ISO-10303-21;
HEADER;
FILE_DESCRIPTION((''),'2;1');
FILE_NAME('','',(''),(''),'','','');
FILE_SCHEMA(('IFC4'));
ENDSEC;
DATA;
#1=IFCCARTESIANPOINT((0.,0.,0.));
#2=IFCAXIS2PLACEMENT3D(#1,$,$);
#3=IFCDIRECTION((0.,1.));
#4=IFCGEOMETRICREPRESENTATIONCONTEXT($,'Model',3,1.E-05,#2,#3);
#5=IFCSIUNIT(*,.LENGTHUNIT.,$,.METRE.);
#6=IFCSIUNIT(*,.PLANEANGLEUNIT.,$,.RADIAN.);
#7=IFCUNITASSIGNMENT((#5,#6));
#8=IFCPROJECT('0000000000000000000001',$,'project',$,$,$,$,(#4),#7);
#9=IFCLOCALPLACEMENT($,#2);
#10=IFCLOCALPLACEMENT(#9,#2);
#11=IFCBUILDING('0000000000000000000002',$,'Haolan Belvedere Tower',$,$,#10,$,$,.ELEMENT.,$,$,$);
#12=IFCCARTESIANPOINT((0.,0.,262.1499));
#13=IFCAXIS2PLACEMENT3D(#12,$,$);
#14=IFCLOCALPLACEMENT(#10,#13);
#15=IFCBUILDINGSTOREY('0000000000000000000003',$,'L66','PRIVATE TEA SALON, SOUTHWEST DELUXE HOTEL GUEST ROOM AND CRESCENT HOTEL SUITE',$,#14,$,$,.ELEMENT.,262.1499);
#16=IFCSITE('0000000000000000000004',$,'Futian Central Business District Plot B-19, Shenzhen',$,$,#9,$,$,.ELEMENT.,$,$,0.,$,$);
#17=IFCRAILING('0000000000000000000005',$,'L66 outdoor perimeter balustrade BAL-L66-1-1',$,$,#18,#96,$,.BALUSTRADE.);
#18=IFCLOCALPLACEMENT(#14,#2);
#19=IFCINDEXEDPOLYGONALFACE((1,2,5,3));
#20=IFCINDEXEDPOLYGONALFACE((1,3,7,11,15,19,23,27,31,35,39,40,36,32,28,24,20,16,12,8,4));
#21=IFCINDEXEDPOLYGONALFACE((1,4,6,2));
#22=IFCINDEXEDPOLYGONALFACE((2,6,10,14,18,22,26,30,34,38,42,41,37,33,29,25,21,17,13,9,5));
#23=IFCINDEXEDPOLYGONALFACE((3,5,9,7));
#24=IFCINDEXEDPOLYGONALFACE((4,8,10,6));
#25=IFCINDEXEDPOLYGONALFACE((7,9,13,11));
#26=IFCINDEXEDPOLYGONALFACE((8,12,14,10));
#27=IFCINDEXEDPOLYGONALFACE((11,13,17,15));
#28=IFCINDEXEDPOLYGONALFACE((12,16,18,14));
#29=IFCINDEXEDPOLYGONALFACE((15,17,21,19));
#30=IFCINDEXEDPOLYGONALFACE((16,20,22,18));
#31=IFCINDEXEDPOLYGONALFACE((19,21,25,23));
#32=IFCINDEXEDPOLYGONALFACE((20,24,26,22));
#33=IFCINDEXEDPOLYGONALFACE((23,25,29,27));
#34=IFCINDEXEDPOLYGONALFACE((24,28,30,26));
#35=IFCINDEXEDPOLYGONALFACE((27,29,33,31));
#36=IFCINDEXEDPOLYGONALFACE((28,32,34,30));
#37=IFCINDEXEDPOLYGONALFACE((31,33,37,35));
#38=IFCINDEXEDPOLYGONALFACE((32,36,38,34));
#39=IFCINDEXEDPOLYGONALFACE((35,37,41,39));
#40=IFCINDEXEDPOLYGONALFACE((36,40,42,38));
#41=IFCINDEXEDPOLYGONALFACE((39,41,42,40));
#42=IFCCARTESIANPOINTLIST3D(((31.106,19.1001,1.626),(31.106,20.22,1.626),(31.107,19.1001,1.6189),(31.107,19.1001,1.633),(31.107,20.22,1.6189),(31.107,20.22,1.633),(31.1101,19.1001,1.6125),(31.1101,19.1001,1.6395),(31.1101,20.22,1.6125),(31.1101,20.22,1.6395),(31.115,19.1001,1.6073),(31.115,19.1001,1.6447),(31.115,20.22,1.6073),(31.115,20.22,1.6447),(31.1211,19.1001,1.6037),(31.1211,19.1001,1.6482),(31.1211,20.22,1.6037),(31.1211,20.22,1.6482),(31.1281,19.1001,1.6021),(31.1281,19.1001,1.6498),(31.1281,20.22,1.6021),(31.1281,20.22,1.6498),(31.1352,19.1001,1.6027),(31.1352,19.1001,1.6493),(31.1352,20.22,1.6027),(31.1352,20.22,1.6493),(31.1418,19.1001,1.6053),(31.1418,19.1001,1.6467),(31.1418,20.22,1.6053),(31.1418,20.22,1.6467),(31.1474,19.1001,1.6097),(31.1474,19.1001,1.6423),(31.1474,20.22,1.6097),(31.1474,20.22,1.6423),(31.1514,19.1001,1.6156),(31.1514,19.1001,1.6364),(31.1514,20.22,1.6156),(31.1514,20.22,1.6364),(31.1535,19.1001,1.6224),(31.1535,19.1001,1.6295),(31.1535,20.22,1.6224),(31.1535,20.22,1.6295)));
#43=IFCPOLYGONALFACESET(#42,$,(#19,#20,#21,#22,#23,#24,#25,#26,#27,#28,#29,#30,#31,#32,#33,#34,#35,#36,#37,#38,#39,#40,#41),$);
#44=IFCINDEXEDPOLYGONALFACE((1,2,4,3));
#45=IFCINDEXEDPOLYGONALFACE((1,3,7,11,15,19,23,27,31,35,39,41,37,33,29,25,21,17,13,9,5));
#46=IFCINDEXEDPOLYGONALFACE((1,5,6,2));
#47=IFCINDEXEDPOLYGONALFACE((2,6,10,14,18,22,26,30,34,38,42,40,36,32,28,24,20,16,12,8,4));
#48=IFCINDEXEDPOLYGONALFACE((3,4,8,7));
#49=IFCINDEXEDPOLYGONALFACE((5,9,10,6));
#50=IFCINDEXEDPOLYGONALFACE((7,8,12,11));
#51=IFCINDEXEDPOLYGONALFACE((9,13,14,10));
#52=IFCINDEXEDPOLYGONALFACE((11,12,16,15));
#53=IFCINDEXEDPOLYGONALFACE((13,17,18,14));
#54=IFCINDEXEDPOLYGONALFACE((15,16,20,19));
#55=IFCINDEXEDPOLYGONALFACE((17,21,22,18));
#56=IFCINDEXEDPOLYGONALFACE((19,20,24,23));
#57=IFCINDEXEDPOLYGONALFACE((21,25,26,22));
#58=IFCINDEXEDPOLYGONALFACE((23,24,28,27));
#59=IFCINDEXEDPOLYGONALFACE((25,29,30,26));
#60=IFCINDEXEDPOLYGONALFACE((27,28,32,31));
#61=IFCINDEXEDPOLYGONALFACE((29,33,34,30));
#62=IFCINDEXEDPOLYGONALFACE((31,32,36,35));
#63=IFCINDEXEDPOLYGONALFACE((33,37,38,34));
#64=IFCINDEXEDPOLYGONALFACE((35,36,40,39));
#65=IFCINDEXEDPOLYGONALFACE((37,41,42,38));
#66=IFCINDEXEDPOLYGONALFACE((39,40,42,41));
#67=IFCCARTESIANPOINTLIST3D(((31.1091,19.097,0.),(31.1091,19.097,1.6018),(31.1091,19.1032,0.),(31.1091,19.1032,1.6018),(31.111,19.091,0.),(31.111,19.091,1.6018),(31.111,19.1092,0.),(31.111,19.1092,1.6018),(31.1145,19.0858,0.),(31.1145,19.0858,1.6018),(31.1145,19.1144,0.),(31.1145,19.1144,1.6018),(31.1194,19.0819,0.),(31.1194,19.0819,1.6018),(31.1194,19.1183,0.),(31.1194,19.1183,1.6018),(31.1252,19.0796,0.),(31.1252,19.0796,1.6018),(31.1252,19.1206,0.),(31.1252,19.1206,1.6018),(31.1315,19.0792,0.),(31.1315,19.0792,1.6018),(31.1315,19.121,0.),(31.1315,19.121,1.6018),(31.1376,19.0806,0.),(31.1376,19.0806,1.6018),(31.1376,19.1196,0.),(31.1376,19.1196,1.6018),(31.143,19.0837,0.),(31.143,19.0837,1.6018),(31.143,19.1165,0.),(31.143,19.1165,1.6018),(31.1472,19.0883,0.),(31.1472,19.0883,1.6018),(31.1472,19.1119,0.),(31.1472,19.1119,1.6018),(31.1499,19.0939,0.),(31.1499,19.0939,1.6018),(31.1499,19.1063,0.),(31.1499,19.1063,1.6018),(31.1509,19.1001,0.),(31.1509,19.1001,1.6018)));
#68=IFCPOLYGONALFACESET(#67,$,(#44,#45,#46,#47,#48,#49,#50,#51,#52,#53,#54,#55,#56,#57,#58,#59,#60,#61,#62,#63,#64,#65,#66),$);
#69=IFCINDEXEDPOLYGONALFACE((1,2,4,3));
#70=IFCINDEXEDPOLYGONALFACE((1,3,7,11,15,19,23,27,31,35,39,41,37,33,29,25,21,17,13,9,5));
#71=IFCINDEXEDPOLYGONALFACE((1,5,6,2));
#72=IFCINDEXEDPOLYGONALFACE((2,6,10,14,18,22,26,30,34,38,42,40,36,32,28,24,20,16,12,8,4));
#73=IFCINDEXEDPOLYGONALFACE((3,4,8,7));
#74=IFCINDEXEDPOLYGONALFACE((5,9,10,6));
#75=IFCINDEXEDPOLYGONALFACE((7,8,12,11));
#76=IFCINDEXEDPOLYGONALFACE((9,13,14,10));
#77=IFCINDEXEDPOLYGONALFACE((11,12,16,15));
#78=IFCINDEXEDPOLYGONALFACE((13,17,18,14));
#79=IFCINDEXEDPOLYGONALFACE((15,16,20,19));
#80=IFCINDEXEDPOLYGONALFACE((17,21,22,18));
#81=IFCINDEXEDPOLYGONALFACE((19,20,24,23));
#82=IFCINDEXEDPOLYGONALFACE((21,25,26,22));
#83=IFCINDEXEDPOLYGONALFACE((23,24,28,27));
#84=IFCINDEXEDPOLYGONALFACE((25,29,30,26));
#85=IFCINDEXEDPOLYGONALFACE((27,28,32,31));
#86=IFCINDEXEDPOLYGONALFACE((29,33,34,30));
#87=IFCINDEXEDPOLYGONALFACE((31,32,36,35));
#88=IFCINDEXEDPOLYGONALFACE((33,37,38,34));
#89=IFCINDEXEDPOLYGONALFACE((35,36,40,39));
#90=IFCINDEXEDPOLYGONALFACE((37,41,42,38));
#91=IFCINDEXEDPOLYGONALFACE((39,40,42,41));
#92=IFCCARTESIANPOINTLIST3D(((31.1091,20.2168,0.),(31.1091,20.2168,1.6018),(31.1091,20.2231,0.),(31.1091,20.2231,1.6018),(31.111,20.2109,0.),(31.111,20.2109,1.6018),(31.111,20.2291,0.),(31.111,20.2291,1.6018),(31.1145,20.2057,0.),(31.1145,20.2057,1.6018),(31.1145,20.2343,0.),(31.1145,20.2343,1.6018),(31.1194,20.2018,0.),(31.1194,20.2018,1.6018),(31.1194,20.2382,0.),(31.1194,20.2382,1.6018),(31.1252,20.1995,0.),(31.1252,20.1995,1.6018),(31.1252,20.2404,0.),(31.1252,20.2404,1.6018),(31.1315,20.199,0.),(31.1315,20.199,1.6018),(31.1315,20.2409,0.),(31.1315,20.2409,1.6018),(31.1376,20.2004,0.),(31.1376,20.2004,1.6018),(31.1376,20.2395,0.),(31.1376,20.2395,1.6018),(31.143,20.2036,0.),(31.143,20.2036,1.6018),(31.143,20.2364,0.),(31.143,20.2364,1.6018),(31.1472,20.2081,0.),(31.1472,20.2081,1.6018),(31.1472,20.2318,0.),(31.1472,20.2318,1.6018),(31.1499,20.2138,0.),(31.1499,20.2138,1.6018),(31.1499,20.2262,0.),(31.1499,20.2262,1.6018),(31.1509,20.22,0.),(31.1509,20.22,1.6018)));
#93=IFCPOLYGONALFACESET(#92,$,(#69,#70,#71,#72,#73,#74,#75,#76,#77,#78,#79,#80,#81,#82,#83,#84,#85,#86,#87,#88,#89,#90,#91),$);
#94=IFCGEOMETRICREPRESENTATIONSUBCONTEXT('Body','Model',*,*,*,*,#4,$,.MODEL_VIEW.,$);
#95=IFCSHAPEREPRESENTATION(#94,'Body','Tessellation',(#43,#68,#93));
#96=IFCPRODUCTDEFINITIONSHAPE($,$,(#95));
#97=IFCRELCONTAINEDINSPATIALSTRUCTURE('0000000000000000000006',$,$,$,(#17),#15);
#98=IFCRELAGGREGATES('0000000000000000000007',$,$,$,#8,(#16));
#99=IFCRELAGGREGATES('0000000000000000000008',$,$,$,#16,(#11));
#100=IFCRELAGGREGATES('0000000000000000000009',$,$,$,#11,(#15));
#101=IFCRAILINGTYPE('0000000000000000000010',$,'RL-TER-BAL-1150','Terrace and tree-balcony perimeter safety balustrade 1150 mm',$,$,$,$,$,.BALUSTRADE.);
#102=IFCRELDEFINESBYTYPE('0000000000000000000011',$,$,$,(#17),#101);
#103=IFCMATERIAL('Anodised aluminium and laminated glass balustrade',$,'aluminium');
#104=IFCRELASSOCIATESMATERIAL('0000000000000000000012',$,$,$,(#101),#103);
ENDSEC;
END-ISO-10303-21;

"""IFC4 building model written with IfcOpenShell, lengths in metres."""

from ifc_helpers import new_model, si_unit, direction, frame, origin, origin_2d, place, context, subcontext, project, spatial, circle, extrude, material, type_object, element, save


model = new_model("IFC4")

# Units and contexts
model_context = context("Model", 3, precision=1e-05, world=origin(), true_north=direction((0.0, 1.0)))
body_context = subcontext(model_context, "Body", "Model", "MODEL_VIEW")
ifc_project = project(units=[si_unit("LENGTHUNIT", "METRE"), si_unit("PLANEANGLEUNIT", "RADIAN")], contexts=[model_context])

# Site, building, storey
site_placement = place(None, origin())
site = spatial("IfcSite", under=ifc_project, at=site_placement, Name="Futian Central Business District Plot B-19, Shenzhen", CompositionType="ELEMENT", RefElevation=0.0)
building_placement = place(site_placement, origin())
building = spatial("IfcBuilding", under=site, at=building_placement, Name="Haolan Belvedere Tower", CompositionType="ELEMENT")
storey_placement = place(building_placement, frame((0.0, 0.0, 262.1499)))
storey = spatial("IfcBuildingStorey", under=building, at=storey_placement, Name="L66", Description="PRIVATE TEA SALON, SOUTHWEST DELUXE HOTEL GUEST ROOM AND CRESCENT HOTEL SUITE", CompositionType="ELEMENT", Elevation=262.1499)

# Railing
ifc_material_1 = material(Name="Anodised aluminium and laminated glass balustrade", Category="aluminium")
railing_type = type_object("IfcRailingType", Name="RL-TER-BAL-1150", Description="Terrace and tree-balcony perimeter safety balustrade 1150 mm", PredefinedType="BALUSTRADE", material=ifc_material_1)
railing_placement = place(storey_placement, frame((31.1299, 19.1001, 0.0)))
element("IfcRailing", 1, at=railing_placement, inside=storey, type_object=railing_type, Name="L66 outdoor perimeter balustrade BAL-L66-1-1", PredefinedType="BALUSTRADE", context=body_context, shape_type="SweptSolid", body=[
    extrude(circle(Radius=0.0239, at=origin_2d()), frame((0.0, 0.0, 1.626), z_axis=(0.0, 1.0, 0.0), x_axis=(-1.0, 0.0, 0.0)), (0.0, 0.0, 1.0), 1.1199),
    extrude(circle(Radius=0.021, at=origin_2d()), origin(), (0.0, 0.0, 1.0), 1.6018),
    extrude(circle(Radius=0.021, at=origin_2d()), frame((0.0, 1.1199, 0.0)), (0.0, 0.0, 1.0), 1.6018),
])

save(model, "model.ifc")
